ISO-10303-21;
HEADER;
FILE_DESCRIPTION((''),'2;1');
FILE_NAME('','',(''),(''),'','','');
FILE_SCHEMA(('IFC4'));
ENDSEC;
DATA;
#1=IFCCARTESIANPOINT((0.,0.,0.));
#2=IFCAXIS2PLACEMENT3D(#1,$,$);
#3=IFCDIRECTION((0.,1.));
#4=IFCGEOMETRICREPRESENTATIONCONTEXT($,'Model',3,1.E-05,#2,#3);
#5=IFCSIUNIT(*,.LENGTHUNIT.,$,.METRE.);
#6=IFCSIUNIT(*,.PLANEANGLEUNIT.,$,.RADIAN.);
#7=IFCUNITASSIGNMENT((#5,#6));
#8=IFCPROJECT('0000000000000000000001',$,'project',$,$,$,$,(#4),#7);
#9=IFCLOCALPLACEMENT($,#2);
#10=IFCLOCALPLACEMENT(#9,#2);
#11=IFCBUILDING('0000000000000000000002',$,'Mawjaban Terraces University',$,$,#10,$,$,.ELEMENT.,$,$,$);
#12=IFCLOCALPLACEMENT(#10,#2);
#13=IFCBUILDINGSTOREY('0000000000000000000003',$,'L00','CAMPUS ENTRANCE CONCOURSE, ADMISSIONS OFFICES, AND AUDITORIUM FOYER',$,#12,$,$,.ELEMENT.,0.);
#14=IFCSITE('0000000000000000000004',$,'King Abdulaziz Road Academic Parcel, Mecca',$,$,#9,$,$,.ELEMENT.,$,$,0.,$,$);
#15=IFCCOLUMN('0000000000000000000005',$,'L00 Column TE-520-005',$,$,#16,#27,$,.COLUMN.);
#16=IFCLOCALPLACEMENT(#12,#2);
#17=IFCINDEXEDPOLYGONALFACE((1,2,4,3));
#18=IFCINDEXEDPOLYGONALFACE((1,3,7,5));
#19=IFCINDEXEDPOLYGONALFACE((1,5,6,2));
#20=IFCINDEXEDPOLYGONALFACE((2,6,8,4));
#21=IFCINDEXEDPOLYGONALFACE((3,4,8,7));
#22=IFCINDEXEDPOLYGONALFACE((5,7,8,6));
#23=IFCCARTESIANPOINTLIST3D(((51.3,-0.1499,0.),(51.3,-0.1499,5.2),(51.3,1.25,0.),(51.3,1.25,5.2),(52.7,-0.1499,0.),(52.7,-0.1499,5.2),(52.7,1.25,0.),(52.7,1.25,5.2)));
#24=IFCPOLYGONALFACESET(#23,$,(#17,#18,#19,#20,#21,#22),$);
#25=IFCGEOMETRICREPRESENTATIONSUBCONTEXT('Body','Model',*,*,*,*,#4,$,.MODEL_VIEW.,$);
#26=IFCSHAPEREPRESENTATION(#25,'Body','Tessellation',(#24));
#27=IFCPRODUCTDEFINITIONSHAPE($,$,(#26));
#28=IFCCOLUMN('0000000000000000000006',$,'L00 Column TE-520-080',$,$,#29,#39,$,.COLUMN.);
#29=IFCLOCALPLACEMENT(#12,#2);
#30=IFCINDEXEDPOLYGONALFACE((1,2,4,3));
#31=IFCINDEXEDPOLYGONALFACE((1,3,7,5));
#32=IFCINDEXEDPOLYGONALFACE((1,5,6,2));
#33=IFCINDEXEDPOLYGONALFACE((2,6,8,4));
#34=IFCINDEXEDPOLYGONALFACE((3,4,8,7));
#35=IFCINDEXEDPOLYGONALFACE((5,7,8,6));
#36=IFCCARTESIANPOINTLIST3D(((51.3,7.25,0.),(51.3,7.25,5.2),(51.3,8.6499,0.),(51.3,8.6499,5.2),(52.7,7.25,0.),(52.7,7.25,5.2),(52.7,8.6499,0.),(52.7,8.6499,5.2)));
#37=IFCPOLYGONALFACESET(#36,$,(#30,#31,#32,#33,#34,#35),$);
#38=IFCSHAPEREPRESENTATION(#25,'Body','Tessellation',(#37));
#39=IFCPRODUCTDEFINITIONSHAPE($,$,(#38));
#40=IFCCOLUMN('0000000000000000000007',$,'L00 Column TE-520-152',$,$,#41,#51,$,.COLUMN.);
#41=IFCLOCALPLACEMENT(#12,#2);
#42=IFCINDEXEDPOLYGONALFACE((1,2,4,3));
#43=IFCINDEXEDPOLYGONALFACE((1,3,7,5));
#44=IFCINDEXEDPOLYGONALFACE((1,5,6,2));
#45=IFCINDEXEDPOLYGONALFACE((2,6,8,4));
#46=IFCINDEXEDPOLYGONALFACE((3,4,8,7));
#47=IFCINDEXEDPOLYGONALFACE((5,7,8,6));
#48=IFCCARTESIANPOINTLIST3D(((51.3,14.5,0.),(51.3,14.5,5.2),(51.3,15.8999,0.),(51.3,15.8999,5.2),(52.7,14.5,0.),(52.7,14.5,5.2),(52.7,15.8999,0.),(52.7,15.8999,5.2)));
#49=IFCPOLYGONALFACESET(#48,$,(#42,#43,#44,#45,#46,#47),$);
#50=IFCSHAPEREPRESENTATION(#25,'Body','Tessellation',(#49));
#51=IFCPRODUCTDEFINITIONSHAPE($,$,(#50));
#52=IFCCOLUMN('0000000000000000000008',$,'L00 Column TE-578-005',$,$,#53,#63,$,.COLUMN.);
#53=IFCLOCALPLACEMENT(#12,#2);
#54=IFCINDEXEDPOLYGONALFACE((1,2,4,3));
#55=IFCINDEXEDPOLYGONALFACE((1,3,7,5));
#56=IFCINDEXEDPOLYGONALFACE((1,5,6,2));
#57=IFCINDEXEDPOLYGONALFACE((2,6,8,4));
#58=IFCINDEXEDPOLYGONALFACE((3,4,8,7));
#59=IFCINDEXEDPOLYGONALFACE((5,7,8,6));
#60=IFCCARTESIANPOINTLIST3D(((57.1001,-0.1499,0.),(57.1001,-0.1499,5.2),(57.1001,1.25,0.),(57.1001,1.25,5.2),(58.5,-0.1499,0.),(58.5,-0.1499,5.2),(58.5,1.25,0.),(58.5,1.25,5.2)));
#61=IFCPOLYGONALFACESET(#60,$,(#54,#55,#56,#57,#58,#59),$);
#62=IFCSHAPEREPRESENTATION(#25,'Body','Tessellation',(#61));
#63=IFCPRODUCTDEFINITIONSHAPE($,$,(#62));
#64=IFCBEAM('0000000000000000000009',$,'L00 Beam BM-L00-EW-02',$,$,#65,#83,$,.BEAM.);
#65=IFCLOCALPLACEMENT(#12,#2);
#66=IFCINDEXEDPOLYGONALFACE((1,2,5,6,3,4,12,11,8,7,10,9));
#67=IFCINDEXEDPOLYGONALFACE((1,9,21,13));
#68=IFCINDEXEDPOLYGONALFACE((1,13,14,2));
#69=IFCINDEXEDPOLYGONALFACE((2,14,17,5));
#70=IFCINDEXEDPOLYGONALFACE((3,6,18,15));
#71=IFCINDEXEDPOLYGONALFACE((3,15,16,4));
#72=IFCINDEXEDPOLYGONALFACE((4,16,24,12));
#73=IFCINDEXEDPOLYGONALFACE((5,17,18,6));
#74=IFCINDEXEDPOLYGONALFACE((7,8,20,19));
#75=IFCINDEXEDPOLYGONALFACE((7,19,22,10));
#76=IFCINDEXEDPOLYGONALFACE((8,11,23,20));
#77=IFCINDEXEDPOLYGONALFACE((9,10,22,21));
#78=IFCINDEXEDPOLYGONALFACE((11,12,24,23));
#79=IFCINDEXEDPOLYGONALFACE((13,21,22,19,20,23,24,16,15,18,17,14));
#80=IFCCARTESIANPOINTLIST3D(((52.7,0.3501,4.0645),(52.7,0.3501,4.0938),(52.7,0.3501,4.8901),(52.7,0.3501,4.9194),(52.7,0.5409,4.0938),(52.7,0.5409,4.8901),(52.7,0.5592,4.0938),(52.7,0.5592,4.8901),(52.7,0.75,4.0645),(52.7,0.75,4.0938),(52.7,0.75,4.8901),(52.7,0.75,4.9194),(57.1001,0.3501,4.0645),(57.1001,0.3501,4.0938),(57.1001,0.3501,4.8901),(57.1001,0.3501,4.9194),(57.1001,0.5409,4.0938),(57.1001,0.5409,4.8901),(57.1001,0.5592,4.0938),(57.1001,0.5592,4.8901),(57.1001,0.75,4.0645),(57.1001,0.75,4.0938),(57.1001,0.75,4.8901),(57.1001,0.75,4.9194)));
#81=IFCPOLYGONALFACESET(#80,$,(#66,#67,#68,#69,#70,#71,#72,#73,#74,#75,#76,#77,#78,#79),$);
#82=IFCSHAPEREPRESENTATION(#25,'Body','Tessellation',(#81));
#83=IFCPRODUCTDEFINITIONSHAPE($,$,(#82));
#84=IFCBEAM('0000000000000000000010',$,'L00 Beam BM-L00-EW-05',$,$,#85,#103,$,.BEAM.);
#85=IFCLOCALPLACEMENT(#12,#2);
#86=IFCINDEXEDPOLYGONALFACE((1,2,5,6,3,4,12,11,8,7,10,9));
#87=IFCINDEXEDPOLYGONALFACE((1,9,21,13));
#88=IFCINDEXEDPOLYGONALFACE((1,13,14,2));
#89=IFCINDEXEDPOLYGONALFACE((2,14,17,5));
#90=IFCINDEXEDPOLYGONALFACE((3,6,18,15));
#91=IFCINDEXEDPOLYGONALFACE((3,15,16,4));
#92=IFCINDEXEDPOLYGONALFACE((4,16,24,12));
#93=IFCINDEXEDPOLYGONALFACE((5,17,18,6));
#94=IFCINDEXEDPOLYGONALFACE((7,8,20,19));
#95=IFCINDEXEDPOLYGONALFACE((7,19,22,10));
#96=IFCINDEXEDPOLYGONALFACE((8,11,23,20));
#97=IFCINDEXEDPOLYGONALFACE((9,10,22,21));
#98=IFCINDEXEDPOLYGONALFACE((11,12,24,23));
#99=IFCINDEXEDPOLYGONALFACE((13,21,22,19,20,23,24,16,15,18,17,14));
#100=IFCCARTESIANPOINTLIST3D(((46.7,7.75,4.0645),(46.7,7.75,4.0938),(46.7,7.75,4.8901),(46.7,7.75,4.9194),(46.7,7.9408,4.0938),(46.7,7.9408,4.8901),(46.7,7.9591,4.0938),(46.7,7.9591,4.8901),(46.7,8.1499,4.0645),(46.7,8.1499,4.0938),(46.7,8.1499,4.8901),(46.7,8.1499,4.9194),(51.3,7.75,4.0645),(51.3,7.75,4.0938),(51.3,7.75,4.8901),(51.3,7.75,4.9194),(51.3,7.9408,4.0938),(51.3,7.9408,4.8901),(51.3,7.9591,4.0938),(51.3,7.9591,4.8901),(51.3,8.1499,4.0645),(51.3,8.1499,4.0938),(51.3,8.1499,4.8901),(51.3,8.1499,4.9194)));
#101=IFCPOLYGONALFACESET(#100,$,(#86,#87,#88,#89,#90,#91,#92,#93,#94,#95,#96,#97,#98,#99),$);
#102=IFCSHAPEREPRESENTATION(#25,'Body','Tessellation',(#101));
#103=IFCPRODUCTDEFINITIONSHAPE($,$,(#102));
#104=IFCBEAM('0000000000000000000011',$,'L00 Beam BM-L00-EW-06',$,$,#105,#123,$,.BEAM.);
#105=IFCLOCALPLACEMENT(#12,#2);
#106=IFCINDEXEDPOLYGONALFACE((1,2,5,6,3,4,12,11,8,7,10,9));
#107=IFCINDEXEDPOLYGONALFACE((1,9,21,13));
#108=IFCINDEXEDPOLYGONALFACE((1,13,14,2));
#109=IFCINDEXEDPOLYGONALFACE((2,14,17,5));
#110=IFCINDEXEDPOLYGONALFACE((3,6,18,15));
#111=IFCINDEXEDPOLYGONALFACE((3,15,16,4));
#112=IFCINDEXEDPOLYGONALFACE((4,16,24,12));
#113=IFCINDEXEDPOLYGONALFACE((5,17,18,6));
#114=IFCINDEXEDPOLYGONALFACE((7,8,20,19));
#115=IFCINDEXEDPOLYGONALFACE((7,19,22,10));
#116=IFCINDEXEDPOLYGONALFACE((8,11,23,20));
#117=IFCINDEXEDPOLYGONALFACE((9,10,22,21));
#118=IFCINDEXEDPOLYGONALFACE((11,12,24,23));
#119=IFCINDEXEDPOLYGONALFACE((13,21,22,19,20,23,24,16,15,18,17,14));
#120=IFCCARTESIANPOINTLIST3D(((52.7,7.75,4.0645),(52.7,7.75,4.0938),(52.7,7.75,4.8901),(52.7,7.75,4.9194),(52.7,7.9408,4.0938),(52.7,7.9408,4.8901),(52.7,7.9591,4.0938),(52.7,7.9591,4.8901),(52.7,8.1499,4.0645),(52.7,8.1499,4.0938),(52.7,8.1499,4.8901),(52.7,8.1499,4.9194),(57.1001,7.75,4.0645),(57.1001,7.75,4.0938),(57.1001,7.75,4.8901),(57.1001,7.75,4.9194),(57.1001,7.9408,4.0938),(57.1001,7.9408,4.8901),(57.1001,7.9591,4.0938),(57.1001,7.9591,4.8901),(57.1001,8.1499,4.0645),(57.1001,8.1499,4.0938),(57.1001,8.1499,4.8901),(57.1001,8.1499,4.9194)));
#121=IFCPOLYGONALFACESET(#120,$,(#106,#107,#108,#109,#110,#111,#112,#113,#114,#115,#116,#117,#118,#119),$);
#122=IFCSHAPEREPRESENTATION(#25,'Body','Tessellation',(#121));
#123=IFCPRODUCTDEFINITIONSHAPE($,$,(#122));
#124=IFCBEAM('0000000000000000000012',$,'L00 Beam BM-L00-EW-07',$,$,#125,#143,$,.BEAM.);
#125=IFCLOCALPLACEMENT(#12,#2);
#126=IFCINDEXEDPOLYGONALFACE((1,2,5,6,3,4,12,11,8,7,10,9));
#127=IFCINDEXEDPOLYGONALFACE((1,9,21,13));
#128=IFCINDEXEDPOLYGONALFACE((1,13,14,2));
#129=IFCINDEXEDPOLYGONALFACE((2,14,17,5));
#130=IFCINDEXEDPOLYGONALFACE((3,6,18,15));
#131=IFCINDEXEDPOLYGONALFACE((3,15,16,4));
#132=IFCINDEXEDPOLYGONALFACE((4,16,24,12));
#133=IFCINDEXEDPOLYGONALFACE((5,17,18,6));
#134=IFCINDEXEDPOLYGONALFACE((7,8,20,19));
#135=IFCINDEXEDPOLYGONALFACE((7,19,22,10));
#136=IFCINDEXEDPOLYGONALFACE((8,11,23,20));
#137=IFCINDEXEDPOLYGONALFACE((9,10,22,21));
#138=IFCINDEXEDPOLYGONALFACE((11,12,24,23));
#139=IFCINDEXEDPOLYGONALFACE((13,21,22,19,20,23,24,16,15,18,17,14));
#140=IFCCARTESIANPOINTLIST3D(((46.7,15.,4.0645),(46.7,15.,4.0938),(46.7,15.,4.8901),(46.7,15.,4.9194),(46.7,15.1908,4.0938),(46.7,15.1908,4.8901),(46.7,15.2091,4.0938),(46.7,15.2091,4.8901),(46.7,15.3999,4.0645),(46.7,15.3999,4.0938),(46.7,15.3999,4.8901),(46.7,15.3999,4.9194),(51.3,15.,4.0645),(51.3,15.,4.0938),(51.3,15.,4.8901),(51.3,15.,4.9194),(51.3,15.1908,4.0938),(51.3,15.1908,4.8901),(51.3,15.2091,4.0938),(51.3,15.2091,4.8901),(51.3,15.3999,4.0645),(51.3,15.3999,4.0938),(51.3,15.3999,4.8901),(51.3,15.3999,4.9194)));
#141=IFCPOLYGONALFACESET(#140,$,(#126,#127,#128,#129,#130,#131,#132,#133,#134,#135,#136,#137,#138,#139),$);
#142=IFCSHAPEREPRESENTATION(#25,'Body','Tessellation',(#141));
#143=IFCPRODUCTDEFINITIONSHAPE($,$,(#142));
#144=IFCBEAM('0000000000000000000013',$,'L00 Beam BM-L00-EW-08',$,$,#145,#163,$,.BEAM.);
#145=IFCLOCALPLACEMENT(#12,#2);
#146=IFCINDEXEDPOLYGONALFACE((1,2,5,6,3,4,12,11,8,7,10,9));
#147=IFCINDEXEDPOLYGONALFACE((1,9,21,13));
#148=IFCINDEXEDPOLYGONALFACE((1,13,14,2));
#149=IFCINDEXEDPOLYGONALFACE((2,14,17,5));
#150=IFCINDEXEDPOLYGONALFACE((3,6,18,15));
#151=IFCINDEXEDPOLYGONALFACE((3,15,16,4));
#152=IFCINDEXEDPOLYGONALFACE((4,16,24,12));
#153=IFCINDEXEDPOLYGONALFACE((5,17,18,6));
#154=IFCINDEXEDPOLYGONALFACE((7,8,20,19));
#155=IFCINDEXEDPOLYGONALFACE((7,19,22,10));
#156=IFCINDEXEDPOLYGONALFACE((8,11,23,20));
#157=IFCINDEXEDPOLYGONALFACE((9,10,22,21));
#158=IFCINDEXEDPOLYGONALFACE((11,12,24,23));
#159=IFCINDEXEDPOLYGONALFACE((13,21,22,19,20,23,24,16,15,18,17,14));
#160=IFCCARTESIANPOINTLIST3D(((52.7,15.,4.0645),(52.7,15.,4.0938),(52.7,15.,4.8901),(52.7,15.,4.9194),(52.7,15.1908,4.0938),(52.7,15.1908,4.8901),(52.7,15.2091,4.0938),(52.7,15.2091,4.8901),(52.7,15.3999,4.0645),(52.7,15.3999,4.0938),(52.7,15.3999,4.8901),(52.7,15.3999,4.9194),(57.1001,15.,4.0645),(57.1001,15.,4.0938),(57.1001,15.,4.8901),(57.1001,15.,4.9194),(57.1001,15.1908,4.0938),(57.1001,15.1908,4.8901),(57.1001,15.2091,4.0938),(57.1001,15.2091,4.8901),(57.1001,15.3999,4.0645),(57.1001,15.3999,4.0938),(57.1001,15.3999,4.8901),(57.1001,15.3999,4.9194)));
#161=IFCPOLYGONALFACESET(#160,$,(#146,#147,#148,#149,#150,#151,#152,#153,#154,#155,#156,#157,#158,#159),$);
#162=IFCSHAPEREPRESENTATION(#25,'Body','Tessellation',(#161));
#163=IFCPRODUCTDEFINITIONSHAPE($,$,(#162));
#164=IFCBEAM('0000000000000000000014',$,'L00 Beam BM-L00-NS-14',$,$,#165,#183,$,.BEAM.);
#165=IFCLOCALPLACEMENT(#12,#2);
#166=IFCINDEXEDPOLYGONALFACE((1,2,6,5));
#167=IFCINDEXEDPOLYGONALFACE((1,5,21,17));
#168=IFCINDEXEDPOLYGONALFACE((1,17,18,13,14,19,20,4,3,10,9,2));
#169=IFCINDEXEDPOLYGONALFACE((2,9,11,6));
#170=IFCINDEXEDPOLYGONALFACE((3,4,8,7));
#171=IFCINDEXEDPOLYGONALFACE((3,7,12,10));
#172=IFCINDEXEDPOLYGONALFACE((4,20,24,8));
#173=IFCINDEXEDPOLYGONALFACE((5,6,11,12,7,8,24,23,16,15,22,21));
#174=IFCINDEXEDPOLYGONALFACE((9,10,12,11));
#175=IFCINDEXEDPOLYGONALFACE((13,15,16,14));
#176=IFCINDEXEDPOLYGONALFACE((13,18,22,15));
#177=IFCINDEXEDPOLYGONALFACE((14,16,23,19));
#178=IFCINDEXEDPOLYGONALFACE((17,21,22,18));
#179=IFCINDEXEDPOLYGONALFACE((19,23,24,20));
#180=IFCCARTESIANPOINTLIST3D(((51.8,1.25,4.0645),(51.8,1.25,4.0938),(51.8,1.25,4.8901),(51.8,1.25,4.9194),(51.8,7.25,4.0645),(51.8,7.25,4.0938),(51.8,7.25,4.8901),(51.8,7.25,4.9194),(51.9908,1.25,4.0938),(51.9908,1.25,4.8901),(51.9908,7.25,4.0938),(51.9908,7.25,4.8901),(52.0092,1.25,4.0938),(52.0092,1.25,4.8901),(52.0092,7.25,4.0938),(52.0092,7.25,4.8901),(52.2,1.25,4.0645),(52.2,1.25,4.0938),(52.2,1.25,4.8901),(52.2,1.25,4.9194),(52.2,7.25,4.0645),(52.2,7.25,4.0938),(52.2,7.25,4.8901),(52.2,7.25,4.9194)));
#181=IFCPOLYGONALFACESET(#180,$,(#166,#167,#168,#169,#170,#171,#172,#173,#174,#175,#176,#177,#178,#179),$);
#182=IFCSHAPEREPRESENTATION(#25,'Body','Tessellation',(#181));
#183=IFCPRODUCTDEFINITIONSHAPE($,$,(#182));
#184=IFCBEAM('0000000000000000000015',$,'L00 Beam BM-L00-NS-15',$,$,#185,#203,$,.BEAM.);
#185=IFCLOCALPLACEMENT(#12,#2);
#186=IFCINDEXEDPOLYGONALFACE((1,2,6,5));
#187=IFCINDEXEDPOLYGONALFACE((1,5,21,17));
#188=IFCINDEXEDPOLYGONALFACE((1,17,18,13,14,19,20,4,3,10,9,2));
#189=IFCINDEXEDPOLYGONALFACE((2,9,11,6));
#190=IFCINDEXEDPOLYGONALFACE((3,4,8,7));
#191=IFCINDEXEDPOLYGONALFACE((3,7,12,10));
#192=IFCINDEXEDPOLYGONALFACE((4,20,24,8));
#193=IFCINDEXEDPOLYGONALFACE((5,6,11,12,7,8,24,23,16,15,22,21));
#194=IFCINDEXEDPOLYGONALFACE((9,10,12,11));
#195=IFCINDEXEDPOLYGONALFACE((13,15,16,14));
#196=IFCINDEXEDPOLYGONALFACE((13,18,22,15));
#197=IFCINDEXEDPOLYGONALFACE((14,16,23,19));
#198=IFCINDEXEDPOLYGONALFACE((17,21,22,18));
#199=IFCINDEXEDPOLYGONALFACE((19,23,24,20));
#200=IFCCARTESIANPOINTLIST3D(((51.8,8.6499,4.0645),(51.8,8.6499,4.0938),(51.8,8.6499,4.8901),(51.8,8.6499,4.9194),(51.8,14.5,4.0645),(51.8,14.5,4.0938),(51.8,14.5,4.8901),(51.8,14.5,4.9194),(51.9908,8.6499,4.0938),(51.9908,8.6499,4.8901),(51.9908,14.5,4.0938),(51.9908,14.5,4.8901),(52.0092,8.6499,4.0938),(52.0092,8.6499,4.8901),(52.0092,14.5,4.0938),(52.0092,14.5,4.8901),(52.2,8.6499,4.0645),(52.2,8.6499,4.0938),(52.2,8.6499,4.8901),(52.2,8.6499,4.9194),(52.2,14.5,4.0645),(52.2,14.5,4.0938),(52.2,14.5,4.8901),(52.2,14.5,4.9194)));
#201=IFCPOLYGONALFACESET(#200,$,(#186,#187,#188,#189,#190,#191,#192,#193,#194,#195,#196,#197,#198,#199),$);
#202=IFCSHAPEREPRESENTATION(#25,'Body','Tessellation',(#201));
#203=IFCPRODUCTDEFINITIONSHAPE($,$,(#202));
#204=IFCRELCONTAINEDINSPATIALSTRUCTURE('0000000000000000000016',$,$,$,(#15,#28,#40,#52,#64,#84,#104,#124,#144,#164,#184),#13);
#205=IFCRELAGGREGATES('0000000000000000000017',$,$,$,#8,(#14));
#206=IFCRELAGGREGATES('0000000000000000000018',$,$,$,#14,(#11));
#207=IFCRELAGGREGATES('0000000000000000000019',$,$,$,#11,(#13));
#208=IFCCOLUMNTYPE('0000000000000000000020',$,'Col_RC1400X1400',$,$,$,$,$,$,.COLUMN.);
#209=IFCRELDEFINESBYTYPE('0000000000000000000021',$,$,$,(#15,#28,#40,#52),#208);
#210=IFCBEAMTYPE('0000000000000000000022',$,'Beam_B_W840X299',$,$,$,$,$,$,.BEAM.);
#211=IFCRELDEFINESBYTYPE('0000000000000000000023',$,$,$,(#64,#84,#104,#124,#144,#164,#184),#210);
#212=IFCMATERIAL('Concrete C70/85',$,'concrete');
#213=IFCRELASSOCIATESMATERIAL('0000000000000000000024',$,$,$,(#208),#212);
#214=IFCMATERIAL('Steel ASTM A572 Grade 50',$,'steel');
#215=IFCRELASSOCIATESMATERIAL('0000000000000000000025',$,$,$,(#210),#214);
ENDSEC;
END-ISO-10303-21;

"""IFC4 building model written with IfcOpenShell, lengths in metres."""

from ifc_helpers import new_model, si_unit, direction, frame, origin, origin_2d, place, context, subcontext, project, spatial, rectangle, i_section, extrude, material, material_profile, profile_set, type_object, element, save


model = new_model("IFC4")

# Units and contexts
model_context = context("Model", 3, precision=1e-05, world=origin(), true_north=direction((0.0, 1.0)))
body_context = subcontext(model_context, "Body", "Model", "MODEL_VIEW")
ifc_project = project(units=[si_unit("LENGTHUNIT", "METRE"), si_unit("PLANEANGLEUNIT", "RADIAN")], contexts=[model_context])

# Site, building, storey
site_placement = place(None, origin())
site = spatial("IfcSite", under=ifc_project, at=site_placement, Name="King Abdulaziz Road Academic Parcel, Mecca", CompositionType="ELEMENT", RefElevation=0.0)
building_placement = place(site_placement, origin())
building = spatial("IfcBuilding", under=site, at=building_placement, Name="Mawjaban Terraces University", CompositionType="ELEMENT")
storey_placement = place(building_placement, origin())
storey = spatial("IfcBuildingStorey", under=building, at=storey_placement, Name="L00", Description="CAMPUS ENTRANCE CONCOURSE, ADMISSIONS OFFICES, AND AUDITORIUM FOYER", CompositionType="ELEMENT", Elevation=0.0)

# Columns
ifc_material_1 = material(Name="Concrete C70/85", Category="concrete")
ifc_material_profile_1 = material_profile(ifc_material_1, rectangle(XDim=1.3999, YDim=1.3999, at=origin_2d()), Name="RC1400X1400")
ifc_profile_set_1 = profile_set([ifc_material_profile_1], Name="Concrete C70/85")
column_type = type_object("IfcColumnType", Name="Col_RC1400X1400", PredefinedType="COLUMN", material=ifc_profile_set_1)
for number, where, z_axis, x_axis, name in (
    (1, (52.0, 0.55, 0.0), (0.0, 0.0, 1.0), (1.0, 0.0, 0.0), "L00 Column TE-520-005"),
    (2, (52.0, 7.95, 0.0), (0.0, 0.0, 1.0), (1.0, 0.0, 0.0), "L00 Column TE-520-080"),
    (3, (52.0, 15.2, 0.0), (0.0, 0.0, 1.0), (1.0, 0.0, 0.0), "L00 Column TE-520-152"),
    (4, (57.8, 0.55, 0.0), (0.0, 0.0, 1.0), (1.0, 0.0, 0.0), "L00 Column TE-578-005"),
):
    element("IfcColumn", number, at=place(storey_placement, frame(where, z_axis=z_axis, x_axis=x_axis)), inside=storey, type_object=column_type, Name=name, PredefinedType="COLUMN", context=body_context, shape_type="SweptSolid", body=[
        extrude(rectangle(XDim=1.3999, YDim=1.3999, at=origin_2d()), origin(), (0.0, 0.0, 1.0), 5.2),
    ])

# Beams
ifc_material_2 = material(Name="Steel ASTM A572 Grade 50", Category="steel")
ifc_material_profile_2 = material_profile(ifc_material_2, i_section(OverallWidth=0.3999, OverallDepth=0.855, WebThickness=0.0183, FlangeThickness=0.0293, at=origin_2d()), Name="W840X299")
ifc_profile_set_2 = profile_set([ifc_material_profile_2], Name="Steel ASTM A572 Grade 50")
beam_type_1 = type_object("IfcBeamType", Name="Beam_B_W840X299", PredefinedType="BEAM", material=ifc_profile_set_2)
beam_1_placement = place(storey_placement, frame((52.7, 0.55, 4.4919), z_axis=(1.0, 0.0, 0.0), x_axis=(0.0, 1.0, 0.0)))
element("IfcBeam", 5, at=beam_1_placement, inside=storey, type_object=beam_type_1, Name="L00 Beam BM-L00-EW-02", PredefinedType="BEAM", context=body_context, shape_type="SweptSolid", body=[
    extrude(i_section(OverallWidth=0.3999, OverallDepth=0.855, WebThickness=0.0183, FlangeThickness=0.0293, at=origin_2d()), origin(), (0.0, 0.0, 1.0), 4.4001),
])
beam_2_placement = place(storey_placement, frame((46.7, 7.95, 4.4919), z_axis=(1.0, 0.0, 0.0), x_axis=(0.0, 1.0, 0.0)))
element("IfcBeam", 6, at=beam_2_placement, inside=storey, type_object=beam_type_1, Name="L00 Beam BM-L00-EW-05", PredefinedType="BEAM", context=body_context, shape_type="SweptSolid", body=[
    extrude(i_section(OverallWidth=0.3999, OverallDepth=0.855, WebThickness=0.0183, FlangeThickness=0.0293, at=origin_2d()), origin(), (0.0, 0.0, 1.0), 4.6001),
])
beam_3_placement = place(storey_placement, frame((52.7, 7.95, 4.4919), z_axis=(1.0, 0.0, 0.0), x_axis=(0.0, 1.0, 0.0)))
element("IfcBeam", 7, at=beam_3_placement, inside=storey, type_object=beam_type_1, Name="L00 Beam BM-L00-EW-06", PredefinedType="BEAM", context=body_context, shape_type="SweptSolid", body=[
    extrude(i_section(OverallWidth=0.3999, OverallDepth=0.855, WebThickness=0.0183, FlangeThickness=0.0293, at=origin_2d()), origin(), (0.0, 0.0, 1.0), 4.4001),
])
beam_4_placement = place(storey_placement, frame((46.7, 15.2, 4.4919), z_axis=(1.0, 0.0, 0.0), x_axis=(0.0, 1.0, 0.0)))
element("IfcBeam", 8, at=beam_4_placement, inside=storey, type_object=beam_type_1, Name="L00 Beam BM-L00-EW-07", PredefinedType="BEAM", context=body_context, shape_type="SweptSolid", body=[
    extrude(i_section(OverallWidth=0.3999, OverallDepth=0.855, WebThickness=0.0183, FlangeThickness=0.0293, at=origin_2d()), origin(), (0.0, 0.0, 1.0), 4.6001),
])
beam_5_placement = place(storey_placement, frame((52.7, 15.2, 4.4919), z_axis=(1.0, 0.0, 0.0), x_axis=(0.0, 1.0, 0.0)))
element("IfcBeam", 9, at=beam_5_placement, inside=storey, type_object=beam_type_1, Name="L00 Beam BM-L00-EW-08", PredefinedType="BEAM", context=body_context, shape_type="SweptSolid", body=[
    extrude(i_section(OverallWidth=0.3999, OverallDepth=0.855, WebThickness=0.0183, FlangeThickness=0.0293, at=origin_2d()), origin(), (0.0, 0.0, 1.0), 4.4001),
])
beam_6_placement = place(storey_placement, frame((52.0, 1.25, 4.4919), z_axis=(0.0, 1.0, 0.0), x_axis=(-1.0, 0.0, 0.0)))
element("IfcBeam", 10, at=beam_6_placement, inside=storey, type_object=beam_type_1, Name="L00 Beam BM-L00-NS-14", PredefinedType="BEAM", context=body_context, shape_type="SweptSolid", body=[
    extrude(i_section(OverallWidth=0.3999, OverallDepth=0.855, WebThickness=0.0183, FlangeThickness=0.0293, at=origin_2d()), origin(), (0.0, 0.0, 1.0), 6.0),
])
beam_7_placement = place(storey_placement, frame((52.0, 8.6499, 4.4919), z_axis=(0.0, 1.0, 0.0), x_axis=(-1.0, 0.0, 0.0)))
element("IfcBeam", 11, at=beam_7_placement, inside=storey, type_object=beam_type_1, Name="L00 Beam BM-L00-NS-15", PredefinedType="BEAM", context=body_context, shape_type="SweptSolid", body=[
    extrude(i_section(OverallWidth=0.3999, OverallDepth=0.855, WebThickness=0.0183, FlangeThickness=0.0293, at=origin_2d()), origin(), (0.0, 0.0, 1.0), 5.8501),
])

save(model, "model.ifc")
